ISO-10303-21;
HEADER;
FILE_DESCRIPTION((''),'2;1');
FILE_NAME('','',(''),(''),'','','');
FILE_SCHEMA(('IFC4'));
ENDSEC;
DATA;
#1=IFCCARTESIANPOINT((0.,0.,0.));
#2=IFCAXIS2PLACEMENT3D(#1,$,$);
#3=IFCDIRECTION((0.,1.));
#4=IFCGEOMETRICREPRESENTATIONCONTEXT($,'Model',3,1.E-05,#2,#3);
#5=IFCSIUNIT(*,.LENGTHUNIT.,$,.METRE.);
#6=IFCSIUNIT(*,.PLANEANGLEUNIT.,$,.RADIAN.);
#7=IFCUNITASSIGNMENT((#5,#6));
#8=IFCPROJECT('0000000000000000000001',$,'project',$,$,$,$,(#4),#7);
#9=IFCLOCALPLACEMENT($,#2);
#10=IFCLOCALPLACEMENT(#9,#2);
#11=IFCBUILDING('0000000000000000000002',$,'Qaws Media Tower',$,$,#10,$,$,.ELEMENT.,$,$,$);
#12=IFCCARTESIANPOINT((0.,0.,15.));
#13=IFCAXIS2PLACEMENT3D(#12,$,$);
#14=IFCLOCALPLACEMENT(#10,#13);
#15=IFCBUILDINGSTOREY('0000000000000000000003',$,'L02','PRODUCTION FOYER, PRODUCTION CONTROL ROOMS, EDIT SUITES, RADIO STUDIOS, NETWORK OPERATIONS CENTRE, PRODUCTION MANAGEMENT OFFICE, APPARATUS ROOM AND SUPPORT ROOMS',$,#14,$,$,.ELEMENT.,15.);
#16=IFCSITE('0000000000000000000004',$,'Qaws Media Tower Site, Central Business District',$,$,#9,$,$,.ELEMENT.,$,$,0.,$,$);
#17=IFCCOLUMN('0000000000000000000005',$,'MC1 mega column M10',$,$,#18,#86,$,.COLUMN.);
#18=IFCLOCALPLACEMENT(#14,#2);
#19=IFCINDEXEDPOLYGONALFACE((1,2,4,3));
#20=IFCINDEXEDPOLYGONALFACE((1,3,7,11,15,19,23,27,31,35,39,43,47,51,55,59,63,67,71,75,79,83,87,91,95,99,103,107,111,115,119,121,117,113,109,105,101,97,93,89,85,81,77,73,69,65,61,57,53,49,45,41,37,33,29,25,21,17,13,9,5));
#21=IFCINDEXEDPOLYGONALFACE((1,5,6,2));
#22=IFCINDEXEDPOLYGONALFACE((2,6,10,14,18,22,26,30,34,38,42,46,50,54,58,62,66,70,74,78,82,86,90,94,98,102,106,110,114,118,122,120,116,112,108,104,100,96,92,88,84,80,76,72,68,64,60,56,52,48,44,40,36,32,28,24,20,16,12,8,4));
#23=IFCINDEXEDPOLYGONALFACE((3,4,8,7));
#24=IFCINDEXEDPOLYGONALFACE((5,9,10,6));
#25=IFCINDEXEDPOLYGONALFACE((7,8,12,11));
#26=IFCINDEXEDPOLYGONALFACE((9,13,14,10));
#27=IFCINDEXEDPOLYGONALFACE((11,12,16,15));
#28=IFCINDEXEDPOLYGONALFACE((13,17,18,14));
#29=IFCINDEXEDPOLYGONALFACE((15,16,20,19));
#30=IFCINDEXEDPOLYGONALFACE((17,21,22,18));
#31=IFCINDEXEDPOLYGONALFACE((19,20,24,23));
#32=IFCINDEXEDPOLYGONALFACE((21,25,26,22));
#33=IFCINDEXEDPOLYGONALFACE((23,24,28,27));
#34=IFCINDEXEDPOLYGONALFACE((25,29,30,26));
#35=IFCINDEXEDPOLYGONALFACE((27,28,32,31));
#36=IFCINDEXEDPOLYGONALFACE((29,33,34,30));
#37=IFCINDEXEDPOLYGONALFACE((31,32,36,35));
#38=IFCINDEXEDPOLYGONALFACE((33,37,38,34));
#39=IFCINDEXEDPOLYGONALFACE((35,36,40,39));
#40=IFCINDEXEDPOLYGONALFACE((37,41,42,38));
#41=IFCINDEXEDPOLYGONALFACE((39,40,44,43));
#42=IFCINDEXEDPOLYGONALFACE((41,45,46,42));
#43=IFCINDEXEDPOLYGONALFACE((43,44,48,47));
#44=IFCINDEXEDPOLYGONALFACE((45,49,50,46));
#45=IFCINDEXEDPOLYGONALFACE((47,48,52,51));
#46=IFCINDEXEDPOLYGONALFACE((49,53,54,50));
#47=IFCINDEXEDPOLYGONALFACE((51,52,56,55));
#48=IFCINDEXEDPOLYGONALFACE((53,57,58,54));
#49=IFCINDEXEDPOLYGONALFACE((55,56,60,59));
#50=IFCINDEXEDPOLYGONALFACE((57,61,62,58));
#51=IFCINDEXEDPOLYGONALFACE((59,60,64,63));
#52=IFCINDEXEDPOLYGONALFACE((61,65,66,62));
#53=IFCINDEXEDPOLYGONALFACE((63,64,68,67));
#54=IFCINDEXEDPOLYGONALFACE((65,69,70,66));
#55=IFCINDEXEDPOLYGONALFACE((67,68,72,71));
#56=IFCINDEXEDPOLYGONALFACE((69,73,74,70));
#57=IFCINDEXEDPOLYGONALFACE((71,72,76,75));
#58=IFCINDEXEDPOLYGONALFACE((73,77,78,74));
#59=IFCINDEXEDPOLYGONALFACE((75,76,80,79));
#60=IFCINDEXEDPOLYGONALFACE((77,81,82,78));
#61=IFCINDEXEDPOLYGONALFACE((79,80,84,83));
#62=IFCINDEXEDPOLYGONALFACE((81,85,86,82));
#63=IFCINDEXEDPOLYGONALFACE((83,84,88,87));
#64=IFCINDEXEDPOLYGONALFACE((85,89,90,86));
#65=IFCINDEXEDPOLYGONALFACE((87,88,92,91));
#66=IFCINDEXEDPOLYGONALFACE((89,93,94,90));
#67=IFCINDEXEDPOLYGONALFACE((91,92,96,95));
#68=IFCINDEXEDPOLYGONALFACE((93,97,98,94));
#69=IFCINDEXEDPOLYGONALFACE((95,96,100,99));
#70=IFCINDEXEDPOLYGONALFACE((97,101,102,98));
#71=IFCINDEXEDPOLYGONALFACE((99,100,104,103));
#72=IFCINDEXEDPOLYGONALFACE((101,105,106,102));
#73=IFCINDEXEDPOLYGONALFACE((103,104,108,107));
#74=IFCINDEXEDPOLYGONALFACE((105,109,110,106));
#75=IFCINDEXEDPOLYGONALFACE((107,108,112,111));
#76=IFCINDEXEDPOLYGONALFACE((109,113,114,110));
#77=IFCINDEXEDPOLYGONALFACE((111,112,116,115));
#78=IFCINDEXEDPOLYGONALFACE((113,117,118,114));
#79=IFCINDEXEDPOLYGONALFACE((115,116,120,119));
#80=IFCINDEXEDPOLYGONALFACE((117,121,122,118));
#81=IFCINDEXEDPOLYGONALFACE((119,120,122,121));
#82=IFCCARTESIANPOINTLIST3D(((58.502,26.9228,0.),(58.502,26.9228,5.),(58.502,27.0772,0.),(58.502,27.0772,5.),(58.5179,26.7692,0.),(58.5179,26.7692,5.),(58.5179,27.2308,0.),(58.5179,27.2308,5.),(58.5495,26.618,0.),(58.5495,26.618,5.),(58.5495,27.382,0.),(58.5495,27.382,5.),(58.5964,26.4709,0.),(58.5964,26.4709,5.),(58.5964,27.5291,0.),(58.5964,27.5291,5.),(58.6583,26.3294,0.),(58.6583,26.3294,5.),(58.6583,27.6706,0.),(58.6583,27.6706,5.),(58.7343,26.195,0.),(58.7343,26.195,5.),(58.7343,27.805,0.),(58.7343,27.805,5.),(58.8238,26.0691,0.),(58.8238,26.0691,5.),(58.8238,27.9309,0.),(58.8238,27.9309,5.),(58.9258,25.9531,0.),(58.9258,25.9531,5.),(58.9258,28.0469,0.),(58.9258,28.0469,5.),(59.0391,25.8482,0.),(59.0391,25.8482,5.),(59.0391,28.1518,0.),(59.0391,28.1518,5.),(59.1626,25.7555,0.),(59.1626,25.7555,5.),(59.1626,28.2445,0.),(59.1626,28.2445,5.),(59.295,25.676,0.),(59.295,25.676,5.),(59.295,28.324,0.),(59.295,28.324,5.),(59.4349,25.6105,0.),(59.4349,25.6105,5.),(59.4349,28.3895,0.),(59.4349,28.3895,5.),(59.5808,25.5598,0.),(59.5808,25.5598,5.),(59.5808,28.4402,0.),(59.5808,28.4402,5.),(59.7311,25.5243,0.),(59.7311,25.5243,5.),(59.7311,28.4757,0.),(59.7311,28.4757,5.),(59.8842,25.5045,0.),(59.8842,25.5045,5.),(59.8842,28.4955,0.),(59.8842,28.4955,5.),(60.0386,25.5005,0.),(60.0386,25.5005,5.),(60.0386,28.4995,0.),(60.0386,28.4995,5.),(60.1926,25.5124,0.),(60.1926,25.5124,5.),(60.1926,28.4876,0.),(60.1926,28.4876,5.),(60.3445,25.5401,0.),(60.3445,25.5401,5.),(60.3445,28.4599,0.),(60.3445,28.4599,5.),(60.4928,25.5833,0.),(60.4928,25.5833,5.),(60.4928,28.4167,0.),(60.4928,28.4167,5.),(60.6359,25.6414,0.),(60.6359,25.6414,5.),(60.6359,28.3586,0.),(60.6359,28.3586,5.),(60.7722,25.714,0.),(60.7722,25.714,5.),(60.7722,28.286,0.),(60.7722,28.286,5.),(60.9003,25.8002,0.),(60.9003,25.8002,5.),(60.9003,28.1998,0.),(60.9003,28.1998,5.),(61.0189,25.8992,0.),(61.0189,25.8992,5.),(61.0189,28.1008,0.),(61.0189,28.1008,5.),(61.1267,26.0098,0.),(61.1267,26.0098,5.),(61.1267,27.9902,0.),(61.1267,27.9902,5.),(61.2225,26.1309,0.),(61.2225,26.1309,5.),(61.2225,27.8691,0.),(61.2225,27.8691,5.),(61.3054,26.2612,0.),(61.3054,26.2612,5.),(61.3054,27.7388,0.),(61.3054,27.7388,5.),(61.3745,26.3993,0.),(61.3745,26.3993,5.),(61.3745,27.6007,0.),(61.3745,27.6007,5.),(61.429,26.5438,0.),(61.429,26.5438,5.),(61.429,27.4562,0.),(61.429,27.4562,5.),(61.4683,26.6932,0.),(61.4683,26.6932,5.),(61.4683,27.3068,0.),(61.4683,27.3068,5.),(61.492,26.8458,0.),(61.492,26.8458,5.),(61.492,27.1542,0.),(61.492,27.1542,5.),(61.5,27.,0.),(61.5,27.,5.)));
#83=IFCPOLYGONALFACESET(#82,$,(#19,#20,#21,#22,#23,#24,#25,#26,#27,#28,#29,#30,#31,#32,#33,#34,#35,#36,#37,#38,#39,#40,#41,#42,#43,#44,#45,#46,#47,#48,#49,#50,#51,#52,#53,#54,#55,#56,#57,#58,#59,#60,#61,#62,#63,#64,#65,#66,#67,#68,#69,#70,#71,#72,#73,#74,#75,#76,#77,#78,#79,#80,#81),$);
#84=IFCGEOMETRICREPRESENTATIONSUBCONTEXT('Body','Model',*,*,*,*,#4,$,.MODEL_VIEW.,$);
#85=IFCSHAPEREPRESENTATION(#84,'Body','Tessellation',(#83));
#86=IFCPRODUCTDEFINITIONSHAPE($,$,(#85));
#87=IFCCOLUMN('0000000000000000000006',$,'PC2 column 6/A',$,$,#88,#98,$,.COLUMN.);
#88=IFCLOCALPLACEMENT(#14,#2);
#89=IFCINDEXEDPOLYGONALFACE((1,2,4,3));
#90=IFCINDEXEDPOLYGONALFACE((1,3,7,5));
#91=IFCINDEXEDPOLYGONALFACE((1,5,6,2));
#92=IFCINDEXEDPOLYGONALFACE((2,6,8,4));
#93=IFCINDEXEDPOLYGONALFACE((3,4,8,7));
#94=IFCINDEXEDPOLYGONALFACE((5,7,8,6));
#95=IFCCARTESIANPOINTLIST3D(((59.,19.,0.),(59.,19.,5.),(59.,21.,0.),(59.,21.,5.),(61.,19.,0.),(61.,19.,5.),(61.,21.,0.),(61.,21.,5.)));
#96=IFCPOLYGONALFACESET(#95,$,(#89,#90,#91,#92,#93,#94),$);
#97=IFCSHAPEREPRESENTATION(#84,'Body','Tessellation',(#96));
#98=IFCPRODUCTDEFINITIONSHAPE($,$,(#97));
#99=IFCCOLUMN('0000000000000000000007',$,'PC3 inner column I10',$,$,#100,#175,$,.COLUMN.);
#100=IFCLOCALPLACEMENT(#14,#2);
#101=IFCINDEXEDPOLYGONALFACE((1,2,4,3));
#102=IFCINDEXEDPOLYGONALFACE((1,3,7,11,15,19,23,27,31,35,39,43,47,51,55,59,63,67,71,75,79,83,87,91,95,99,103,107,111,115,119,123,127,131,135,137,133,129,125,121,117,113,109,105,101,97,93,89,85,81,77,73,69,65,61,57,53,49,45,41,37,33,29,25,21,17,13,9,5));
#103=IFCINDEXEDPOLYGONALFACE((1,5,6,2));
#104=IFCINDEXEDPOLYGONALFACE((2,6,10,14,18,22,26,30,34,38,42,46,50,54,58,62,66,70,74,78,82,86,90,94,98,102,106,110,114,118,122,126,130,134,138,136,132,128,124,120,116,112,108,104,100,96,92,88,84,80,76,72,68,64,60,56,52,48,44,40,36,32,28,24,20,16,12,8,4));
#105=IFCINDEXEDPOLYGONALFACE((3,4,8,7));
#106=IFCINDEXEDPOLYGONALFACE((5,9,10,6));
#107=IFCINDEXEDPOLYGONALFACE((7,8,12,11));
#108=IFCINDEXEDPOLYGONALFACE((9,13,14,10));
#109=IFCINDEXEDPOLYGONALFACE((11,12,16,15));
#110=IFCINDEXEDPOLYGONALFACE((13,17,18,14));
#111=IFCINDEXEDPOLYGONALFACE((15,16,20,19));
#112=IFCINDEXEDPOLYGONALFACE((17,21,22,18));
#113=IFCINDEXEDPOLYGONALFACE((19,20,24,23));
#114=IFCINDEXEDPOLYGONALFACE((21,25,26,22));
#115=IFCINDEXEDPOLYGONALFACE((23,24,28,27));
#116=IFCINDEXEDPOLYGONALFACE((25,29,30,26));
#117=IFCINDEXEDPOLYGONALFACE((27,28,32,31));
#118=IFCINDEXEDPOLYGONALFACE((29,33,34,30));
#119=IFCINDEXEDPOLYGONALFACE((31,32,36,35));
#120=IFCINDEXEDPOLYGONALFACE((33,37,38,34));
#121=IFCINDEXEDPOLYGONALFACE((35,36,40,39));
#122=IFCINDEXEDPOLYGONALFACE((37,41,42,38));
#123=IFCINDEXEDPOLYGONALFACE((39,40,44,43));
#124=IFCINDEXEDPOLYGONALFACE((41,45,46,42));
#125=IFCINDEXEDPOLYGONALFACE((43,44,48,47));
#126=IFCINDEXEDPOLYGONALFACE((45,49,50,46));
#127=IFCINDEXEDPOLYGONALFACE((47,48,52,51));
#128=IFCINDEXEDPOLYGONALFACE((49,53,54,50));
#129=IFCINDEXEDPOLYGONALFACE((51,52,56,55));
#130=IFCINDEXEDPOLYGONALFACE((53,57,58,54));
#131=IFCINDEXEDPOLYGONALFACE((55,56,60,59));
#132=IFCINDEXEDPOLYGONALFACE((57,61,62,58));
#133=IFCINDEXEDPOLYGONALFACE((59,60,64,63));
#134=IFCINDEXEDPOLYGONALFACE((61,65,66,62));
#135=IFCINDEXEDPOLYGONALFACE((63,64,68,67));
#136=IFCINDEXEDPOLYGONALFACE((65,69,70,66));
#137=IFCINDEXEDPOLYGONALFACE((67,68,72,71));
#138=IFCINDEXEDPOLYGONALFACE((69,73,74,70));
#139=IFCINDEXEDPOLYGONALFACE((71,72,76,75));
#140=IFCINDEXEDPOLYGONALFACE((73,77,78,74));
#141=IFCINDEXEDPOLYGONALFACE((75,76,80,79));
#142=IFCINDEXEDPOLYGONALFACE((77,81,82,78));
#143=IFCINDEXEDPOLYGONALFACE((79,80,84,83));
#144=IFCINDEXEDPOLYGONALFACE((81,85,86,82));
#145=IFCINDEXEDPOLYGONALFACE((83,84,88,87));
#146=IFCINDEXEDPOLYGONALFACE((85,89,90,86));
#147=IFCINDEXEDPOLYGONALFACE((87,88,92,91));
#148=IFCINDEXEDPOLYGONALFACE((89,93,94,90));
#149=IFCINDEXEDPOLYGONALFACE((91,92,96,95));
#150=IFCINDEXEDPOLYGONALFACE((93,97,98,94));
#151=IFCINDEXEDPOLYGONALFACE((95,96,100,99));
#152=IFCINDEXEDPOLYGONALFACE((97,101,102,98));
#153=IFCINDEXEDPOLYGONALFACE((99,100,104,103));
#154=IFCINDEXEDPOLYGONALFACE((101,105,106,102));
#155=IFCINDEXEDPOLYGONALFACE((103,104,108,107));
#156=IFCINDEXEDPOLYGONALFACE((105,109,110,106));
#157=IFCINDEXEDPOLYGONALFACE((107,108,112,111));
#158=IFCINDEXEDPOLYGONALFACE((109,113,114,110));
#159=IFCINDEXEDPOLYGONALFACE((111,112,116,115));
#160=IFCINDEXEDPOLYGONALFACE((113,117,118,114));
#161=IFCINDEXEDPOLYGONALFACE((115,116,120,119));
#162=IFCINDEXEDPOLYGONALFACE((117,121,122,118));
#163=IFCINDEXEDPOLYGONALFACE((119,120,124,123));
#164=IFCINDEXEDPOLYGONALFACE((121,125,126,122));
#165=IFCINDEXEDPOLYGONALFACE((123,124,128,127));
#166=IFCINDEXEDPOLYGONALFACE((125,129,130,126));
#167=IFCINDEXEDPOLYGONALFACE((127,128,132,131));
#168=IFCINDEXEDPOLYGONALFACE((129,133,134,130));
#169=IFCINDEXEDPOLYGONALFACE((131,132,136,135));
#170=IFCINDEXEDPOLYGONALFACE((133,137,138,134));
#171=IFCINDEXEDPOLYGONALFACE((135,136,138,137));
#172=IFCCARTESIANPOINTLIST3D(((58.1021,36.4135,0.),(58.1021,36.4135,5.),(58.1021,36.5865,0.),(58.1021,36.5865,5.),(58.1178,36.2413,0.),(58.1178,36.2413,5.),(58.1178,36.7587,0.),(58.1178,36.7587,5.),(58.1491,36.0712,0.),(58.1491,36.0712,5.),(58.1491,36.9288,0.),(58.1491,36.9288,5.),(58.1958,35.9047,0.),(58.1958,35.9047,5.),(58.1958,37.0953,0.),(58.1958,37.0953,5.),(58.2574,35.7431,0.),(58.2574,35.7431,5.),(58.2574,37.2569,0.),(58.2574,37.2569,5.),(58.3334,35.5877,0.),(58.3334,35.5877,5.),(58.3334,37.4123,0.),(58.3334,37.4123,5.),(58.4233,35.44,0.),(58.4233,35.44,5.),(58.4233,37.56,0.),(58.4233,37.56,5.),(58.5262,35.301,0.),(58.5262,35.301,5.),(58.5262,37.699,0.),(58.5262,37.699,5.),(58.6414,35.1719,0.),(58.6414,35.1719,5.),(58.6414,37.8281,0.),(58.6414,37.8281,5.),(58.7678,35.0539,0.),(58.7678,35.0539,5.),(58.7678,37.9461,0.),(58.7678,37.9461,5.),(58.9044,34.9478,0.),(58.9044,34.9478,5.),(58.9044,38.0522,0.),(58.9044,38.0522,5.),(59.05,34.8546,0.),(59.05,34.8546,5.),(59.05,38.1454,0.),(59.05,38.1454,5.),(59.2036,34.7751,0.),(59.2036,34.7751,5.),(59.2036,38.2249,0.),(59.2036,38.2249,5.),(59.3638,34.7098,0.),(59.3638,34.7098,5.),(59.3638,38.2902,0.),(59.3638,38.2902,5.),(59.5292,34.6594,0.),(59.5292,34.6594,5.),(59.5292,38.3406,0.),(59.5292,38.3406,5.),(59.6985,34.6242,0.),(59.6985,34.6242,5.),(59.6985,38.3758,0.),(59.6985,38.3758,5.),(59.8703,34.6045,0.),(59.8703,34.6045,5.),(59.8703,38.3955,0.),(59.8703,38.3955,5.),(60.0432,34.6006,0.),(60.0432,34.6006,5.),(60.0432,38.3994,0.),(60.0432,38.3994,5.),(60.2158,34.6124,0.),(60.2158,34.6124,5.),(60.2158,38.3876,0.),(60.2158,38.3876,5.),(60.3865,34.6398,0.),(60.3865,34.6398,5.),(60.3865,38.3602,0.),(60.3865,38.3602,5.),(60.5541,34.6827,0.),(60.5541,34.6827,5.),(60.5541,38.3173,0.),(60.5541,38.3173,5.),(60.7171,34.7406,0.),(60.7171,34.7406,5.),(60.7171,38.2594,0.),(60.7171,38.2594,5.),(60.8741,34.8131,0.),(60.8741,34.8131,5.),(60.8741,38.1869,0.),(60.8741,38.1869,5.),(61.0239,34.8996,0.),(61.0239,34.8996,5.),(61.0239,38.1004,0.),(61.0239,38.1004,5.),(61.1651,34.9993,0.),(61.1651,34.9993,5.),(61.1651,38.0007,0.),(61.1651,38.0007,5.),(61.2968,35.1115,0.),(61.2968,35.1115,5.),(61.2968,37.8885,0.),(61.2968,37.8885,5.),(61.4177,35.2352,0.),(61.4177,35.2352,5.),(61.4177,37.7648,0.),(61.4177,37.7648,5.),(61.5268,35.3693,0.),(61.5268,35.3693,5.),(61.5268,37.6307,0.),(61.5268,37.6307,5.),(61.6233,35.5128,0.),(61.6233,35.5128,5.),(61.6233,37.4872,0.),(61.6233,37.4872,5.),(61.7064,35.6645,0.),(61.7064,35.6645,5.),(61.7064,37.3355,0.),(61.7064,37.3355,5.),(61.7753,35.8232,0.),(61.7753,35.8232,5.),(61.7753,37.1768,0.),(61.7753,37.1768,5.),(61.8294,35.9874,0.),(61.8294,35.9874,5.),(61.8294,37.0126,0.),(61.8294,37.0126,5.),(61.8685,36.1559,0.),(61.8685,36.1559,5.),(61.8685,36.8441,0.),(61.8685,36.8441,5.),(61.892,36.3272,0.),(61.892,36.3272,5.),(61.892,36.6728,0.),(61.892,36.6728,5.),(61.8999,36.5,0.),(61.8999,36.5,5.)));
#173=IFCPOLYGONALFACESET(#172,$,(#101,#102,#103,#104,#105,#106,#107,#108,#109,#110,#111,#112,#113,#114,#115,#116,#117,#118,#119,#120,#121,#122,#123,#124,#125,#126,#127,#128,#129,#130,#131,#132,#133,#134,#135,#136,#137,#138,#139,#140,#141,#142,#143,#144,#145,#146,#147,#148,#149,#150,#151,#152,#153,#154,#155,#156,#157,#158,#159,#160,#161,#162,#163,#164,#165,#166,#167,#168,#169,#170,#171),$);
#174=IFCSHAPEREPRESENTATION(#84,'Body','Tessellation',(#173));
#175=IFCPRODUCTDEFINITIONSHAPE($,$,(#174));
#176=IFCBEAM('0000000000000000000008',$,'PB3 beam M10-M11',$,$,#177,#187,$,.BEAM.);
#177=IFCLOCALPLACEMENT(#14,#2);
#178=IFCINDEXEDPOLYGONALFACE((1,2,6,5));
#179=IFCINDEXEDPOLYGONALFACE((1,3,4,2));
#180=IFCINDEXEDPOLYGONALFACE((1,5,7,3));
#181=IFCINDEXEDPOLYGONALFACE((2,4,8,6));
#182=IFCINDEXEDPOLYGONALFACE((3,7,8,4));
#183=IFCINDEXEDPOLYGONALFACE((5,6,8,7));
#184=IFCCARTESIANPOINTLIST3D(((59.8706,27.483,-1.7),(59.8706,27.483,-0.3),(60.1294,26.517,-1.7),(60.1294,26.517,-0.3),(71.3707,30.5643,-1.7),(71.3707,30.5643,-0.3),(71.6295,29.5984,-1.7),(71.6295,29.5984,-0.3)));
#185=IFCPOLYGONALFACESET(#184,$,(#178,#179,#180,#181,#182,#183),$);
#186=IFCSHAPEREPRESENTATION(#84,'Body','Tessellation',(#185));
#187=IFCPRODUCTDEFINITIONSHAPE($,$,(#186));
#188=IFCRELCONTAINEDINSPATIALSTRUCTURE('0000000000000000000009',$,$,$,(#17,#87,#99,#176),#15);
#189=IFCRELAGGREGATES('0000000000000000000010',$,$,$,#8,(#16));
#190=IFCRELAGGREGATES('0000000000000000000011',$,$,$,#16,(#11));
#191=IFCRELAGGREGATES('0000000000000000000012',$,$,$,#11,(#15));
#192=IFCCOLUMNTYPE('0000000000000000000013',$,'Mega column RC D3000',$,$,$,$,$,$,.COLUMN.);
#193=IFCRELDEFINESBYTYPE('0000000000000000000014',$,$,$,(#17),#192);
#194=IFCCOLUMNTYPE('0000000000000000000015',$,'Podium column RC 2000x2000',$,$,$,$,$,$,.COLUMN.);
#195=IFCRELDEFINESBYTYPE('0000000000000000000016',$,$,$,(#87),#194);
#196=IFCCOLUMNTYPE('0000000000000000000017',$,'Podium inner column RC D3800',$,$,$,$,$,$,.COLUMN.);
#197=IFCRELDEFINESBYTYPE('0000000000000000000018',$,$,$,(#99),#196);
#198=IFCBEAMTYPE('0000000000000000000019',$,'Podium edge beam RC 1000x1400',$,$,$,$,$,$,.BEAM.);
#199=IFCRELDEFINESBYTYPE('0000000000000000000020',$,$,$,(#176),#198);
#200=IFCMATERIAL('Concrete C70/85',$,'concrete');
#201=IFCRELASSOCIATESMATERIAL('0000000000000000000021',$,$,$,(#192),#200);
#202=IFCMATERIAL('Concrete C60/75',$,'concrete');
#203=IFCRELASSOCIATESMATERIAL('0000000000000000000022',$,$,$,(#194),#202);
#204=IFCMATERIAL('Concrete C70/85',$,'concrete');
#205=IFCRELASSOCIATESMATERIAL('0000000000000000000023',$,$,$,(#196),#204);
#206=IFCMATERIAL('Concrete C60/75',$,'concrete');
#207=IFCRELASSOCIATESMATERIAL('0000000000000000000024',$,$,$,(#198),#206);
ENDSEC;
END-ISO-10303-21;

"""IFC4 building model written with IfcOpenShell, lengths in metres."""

from ifc_helpers import new_model, si_unit, direction, frame, origin, origin_2d, place, context, subcontext, project, spatial, rectangle, circle, extrude, material, material_profile, profile_set, type_object, element, save


model = new_model("IFC4")

# Units and contexts
model_context = context("Model", 3, precision=1e-05, world=origin(), true_north=direction((0.0, 1.0)))
body_context = subcontext(model_context, "Body", "Model", "MODEL_VIEW")
ifc_project = project(units=[si_unit("LENGTHUNIT", "METRE"), si_unit("PLANEANGLEUNIT", "RADIAN")], contexts=[model_context])

# Site, building, storey
site_placement = place(None, origin())
site = spatial("IfcSite", under=ifc_project, at=site_placement, Name="Qaws Media Tower Site, Central Business District", CompositionType="ELEMENT", RefElevation=0.0)
building_placement = place(site_placement, origin())
building = spatial("IfcBuilding", under=site, at=building_placement, Name="Qaws Media Tower", CompositionType="ELEMENT")
storey_placement = place(building_placement, frame((0.0, 0.0, 15.0)))
storey = spatial("IfcBuildingStorey", under=building, at=storey_placement, Name="L02", Description="PRODUCTION FOYER, PRODUCTION CONTROL ROOMS, EDIT SUITES, RADIO STUDIOS, NETWORK OPERATIONS CENTRE, PRODUCTION MANAGEMENT OFFICE, APPARATUS ROOM AND SUPPORT ROOMS", CompositionType="ELEMENT", Elevation=15.0)

# Columns
ifc_material_1 = material(Name="Concrete C70/85", Category="concrete")
ifc_material_profile_1 = material_profile(ifc_material_1, circle(Radius=1.5, at=origin_2d()), Name="RC D3000")
ifc_profile_set_1 = profile_set([ifc_material_profile_1], Name="Concrete C70/85")
column_type_1 = type_object("IfcColumnType", Name="Mega column RC D3000", PredefinedType="COLUMN", material=ifc_profile_set_1)
column_1_placement = place(storey_placement, frame((60.0, 27.0, 0.0), z_axis=(0.0, 0.0, 1.0), x_axis=(1.0, 0.0, 0.0)))
element("IfcColumn", 1, at=column_1_placement, inside=storey, type_object=column_type_1, Name="MC1 mega column M10", PredefinedType="COLUMN", context=body_context, shape_type="SweptSolid", body=[
    extrude(circle(Radius=1.5, at=origin_2d()), origin(), (0.0, 0.0, 1.0), 5.0),
])
ifc_material_2 = material(Name="Concrete C60/75", Category="concrete")
ifc_material_profile_2 = material_profile(ifc_material_2, rectangle(XDim=2.0, YDim=2.0, at=origin_2d()), Name="RC 2000x2000")
ifc_profile_set_2 = profile_set([ifc_material_profile_2], Name="Concrete C60/75")
column_type_2 = type_object("IfcColumnType", Name="Podium column RC 2000x2000", PredefinedType="COLUMN", material=ifc_profile_set_2)
column_2_placement = place(storey_placement, frame((60.0, 20.0, 0.0), z_axis=(0.0, 0.0, 1.0), x_axis=(1.0, 0.0, 0.0)))
element("IfcColumn", 2, at=column_2_placement, inside=storey, type_object=column_type_2, Name="PC2 column 6/A", PredefinedType="COLUMN", context=body_context, shape_type="SweptSolid", body=[
    extrude(rectangle(XDim=2.0, YDim=2.0, at=origin_2d()), origin(), (0.0, 0.0, 1.0), 5.0),
])
ifc_material_3 = material(Name="Concrete C70/85", Category="concrete")
ifc_material_profile_3 = material_profile(ifc_material_3, circle(Radius=1.8999, at=origin_2d()), Name="RC D3800")
ifc_profile_set_3 = profile_set([ifc_material_profile_3], Name="Concrete C70/85")
column_type_3 = type_object("IfcColumnType", Name="Podium inner column RC D3800", PredefinedType="COLUMN", material=ifc_profile_set_3)
column_3_placement = place(storey_placement, frame((60.0, 36.5, 0.0), z_axis=(0.0, 0.0, 1.0), x_axis=(1.0, 0.0, 0.0)))
element("IfcColumn", 3, at=column_3_placement, inside=storey, type_object=column_type_3, Name="PC3 inner column I10", PredefinedType="COLUMN", context=body_context, shape_type="SweptSolid", body=[
    extrude(circle(Radius=1.8999, at=origin_2d()), origin(), (0.0, 0.0, 1.0), 5.0),
])

# Beam
ifc_material_4 = material(Name="Concrete C60/75", Category="concrete")
ifc_material_profile_4 = material_profile(ifc_material_4, rectangle(XDim=1.0, YDim=1.3999, at=origin_2d()), Name="RC 1000x1400")
ifc_profile_set_4 = profile_set([ifc_material_profile_4], Name="Concrete C60/75")
beam_type_1 = type_object("IfcBeamType", Name="Podium edge beam RC 1000x1400", PredefinedType="BEAM", material=ifc_profile_set_4)
beam_1_placement = place(storey_placement, frame((60.0, 27.0, -1.0), z_axis=(0.965928, 0.25881, 0.0), x_axis=(-0.25881, 0.965928, 0.0)))
element("IfcBeam", 4, at=beam_1_placement, inside=storey, type_object=beam_type_1, Name="PB3 beam M10-M11", PredefinedType="BEAM", context=body_context, shape_type="SweptSolid", body=[
    extrude(rectangle(XDim=1.0, YDim=1.3999, at=origin_2d()), origin(), (0.0, 0.0, 1.0), 11.9058),
])

save(model, "model.ifc")
